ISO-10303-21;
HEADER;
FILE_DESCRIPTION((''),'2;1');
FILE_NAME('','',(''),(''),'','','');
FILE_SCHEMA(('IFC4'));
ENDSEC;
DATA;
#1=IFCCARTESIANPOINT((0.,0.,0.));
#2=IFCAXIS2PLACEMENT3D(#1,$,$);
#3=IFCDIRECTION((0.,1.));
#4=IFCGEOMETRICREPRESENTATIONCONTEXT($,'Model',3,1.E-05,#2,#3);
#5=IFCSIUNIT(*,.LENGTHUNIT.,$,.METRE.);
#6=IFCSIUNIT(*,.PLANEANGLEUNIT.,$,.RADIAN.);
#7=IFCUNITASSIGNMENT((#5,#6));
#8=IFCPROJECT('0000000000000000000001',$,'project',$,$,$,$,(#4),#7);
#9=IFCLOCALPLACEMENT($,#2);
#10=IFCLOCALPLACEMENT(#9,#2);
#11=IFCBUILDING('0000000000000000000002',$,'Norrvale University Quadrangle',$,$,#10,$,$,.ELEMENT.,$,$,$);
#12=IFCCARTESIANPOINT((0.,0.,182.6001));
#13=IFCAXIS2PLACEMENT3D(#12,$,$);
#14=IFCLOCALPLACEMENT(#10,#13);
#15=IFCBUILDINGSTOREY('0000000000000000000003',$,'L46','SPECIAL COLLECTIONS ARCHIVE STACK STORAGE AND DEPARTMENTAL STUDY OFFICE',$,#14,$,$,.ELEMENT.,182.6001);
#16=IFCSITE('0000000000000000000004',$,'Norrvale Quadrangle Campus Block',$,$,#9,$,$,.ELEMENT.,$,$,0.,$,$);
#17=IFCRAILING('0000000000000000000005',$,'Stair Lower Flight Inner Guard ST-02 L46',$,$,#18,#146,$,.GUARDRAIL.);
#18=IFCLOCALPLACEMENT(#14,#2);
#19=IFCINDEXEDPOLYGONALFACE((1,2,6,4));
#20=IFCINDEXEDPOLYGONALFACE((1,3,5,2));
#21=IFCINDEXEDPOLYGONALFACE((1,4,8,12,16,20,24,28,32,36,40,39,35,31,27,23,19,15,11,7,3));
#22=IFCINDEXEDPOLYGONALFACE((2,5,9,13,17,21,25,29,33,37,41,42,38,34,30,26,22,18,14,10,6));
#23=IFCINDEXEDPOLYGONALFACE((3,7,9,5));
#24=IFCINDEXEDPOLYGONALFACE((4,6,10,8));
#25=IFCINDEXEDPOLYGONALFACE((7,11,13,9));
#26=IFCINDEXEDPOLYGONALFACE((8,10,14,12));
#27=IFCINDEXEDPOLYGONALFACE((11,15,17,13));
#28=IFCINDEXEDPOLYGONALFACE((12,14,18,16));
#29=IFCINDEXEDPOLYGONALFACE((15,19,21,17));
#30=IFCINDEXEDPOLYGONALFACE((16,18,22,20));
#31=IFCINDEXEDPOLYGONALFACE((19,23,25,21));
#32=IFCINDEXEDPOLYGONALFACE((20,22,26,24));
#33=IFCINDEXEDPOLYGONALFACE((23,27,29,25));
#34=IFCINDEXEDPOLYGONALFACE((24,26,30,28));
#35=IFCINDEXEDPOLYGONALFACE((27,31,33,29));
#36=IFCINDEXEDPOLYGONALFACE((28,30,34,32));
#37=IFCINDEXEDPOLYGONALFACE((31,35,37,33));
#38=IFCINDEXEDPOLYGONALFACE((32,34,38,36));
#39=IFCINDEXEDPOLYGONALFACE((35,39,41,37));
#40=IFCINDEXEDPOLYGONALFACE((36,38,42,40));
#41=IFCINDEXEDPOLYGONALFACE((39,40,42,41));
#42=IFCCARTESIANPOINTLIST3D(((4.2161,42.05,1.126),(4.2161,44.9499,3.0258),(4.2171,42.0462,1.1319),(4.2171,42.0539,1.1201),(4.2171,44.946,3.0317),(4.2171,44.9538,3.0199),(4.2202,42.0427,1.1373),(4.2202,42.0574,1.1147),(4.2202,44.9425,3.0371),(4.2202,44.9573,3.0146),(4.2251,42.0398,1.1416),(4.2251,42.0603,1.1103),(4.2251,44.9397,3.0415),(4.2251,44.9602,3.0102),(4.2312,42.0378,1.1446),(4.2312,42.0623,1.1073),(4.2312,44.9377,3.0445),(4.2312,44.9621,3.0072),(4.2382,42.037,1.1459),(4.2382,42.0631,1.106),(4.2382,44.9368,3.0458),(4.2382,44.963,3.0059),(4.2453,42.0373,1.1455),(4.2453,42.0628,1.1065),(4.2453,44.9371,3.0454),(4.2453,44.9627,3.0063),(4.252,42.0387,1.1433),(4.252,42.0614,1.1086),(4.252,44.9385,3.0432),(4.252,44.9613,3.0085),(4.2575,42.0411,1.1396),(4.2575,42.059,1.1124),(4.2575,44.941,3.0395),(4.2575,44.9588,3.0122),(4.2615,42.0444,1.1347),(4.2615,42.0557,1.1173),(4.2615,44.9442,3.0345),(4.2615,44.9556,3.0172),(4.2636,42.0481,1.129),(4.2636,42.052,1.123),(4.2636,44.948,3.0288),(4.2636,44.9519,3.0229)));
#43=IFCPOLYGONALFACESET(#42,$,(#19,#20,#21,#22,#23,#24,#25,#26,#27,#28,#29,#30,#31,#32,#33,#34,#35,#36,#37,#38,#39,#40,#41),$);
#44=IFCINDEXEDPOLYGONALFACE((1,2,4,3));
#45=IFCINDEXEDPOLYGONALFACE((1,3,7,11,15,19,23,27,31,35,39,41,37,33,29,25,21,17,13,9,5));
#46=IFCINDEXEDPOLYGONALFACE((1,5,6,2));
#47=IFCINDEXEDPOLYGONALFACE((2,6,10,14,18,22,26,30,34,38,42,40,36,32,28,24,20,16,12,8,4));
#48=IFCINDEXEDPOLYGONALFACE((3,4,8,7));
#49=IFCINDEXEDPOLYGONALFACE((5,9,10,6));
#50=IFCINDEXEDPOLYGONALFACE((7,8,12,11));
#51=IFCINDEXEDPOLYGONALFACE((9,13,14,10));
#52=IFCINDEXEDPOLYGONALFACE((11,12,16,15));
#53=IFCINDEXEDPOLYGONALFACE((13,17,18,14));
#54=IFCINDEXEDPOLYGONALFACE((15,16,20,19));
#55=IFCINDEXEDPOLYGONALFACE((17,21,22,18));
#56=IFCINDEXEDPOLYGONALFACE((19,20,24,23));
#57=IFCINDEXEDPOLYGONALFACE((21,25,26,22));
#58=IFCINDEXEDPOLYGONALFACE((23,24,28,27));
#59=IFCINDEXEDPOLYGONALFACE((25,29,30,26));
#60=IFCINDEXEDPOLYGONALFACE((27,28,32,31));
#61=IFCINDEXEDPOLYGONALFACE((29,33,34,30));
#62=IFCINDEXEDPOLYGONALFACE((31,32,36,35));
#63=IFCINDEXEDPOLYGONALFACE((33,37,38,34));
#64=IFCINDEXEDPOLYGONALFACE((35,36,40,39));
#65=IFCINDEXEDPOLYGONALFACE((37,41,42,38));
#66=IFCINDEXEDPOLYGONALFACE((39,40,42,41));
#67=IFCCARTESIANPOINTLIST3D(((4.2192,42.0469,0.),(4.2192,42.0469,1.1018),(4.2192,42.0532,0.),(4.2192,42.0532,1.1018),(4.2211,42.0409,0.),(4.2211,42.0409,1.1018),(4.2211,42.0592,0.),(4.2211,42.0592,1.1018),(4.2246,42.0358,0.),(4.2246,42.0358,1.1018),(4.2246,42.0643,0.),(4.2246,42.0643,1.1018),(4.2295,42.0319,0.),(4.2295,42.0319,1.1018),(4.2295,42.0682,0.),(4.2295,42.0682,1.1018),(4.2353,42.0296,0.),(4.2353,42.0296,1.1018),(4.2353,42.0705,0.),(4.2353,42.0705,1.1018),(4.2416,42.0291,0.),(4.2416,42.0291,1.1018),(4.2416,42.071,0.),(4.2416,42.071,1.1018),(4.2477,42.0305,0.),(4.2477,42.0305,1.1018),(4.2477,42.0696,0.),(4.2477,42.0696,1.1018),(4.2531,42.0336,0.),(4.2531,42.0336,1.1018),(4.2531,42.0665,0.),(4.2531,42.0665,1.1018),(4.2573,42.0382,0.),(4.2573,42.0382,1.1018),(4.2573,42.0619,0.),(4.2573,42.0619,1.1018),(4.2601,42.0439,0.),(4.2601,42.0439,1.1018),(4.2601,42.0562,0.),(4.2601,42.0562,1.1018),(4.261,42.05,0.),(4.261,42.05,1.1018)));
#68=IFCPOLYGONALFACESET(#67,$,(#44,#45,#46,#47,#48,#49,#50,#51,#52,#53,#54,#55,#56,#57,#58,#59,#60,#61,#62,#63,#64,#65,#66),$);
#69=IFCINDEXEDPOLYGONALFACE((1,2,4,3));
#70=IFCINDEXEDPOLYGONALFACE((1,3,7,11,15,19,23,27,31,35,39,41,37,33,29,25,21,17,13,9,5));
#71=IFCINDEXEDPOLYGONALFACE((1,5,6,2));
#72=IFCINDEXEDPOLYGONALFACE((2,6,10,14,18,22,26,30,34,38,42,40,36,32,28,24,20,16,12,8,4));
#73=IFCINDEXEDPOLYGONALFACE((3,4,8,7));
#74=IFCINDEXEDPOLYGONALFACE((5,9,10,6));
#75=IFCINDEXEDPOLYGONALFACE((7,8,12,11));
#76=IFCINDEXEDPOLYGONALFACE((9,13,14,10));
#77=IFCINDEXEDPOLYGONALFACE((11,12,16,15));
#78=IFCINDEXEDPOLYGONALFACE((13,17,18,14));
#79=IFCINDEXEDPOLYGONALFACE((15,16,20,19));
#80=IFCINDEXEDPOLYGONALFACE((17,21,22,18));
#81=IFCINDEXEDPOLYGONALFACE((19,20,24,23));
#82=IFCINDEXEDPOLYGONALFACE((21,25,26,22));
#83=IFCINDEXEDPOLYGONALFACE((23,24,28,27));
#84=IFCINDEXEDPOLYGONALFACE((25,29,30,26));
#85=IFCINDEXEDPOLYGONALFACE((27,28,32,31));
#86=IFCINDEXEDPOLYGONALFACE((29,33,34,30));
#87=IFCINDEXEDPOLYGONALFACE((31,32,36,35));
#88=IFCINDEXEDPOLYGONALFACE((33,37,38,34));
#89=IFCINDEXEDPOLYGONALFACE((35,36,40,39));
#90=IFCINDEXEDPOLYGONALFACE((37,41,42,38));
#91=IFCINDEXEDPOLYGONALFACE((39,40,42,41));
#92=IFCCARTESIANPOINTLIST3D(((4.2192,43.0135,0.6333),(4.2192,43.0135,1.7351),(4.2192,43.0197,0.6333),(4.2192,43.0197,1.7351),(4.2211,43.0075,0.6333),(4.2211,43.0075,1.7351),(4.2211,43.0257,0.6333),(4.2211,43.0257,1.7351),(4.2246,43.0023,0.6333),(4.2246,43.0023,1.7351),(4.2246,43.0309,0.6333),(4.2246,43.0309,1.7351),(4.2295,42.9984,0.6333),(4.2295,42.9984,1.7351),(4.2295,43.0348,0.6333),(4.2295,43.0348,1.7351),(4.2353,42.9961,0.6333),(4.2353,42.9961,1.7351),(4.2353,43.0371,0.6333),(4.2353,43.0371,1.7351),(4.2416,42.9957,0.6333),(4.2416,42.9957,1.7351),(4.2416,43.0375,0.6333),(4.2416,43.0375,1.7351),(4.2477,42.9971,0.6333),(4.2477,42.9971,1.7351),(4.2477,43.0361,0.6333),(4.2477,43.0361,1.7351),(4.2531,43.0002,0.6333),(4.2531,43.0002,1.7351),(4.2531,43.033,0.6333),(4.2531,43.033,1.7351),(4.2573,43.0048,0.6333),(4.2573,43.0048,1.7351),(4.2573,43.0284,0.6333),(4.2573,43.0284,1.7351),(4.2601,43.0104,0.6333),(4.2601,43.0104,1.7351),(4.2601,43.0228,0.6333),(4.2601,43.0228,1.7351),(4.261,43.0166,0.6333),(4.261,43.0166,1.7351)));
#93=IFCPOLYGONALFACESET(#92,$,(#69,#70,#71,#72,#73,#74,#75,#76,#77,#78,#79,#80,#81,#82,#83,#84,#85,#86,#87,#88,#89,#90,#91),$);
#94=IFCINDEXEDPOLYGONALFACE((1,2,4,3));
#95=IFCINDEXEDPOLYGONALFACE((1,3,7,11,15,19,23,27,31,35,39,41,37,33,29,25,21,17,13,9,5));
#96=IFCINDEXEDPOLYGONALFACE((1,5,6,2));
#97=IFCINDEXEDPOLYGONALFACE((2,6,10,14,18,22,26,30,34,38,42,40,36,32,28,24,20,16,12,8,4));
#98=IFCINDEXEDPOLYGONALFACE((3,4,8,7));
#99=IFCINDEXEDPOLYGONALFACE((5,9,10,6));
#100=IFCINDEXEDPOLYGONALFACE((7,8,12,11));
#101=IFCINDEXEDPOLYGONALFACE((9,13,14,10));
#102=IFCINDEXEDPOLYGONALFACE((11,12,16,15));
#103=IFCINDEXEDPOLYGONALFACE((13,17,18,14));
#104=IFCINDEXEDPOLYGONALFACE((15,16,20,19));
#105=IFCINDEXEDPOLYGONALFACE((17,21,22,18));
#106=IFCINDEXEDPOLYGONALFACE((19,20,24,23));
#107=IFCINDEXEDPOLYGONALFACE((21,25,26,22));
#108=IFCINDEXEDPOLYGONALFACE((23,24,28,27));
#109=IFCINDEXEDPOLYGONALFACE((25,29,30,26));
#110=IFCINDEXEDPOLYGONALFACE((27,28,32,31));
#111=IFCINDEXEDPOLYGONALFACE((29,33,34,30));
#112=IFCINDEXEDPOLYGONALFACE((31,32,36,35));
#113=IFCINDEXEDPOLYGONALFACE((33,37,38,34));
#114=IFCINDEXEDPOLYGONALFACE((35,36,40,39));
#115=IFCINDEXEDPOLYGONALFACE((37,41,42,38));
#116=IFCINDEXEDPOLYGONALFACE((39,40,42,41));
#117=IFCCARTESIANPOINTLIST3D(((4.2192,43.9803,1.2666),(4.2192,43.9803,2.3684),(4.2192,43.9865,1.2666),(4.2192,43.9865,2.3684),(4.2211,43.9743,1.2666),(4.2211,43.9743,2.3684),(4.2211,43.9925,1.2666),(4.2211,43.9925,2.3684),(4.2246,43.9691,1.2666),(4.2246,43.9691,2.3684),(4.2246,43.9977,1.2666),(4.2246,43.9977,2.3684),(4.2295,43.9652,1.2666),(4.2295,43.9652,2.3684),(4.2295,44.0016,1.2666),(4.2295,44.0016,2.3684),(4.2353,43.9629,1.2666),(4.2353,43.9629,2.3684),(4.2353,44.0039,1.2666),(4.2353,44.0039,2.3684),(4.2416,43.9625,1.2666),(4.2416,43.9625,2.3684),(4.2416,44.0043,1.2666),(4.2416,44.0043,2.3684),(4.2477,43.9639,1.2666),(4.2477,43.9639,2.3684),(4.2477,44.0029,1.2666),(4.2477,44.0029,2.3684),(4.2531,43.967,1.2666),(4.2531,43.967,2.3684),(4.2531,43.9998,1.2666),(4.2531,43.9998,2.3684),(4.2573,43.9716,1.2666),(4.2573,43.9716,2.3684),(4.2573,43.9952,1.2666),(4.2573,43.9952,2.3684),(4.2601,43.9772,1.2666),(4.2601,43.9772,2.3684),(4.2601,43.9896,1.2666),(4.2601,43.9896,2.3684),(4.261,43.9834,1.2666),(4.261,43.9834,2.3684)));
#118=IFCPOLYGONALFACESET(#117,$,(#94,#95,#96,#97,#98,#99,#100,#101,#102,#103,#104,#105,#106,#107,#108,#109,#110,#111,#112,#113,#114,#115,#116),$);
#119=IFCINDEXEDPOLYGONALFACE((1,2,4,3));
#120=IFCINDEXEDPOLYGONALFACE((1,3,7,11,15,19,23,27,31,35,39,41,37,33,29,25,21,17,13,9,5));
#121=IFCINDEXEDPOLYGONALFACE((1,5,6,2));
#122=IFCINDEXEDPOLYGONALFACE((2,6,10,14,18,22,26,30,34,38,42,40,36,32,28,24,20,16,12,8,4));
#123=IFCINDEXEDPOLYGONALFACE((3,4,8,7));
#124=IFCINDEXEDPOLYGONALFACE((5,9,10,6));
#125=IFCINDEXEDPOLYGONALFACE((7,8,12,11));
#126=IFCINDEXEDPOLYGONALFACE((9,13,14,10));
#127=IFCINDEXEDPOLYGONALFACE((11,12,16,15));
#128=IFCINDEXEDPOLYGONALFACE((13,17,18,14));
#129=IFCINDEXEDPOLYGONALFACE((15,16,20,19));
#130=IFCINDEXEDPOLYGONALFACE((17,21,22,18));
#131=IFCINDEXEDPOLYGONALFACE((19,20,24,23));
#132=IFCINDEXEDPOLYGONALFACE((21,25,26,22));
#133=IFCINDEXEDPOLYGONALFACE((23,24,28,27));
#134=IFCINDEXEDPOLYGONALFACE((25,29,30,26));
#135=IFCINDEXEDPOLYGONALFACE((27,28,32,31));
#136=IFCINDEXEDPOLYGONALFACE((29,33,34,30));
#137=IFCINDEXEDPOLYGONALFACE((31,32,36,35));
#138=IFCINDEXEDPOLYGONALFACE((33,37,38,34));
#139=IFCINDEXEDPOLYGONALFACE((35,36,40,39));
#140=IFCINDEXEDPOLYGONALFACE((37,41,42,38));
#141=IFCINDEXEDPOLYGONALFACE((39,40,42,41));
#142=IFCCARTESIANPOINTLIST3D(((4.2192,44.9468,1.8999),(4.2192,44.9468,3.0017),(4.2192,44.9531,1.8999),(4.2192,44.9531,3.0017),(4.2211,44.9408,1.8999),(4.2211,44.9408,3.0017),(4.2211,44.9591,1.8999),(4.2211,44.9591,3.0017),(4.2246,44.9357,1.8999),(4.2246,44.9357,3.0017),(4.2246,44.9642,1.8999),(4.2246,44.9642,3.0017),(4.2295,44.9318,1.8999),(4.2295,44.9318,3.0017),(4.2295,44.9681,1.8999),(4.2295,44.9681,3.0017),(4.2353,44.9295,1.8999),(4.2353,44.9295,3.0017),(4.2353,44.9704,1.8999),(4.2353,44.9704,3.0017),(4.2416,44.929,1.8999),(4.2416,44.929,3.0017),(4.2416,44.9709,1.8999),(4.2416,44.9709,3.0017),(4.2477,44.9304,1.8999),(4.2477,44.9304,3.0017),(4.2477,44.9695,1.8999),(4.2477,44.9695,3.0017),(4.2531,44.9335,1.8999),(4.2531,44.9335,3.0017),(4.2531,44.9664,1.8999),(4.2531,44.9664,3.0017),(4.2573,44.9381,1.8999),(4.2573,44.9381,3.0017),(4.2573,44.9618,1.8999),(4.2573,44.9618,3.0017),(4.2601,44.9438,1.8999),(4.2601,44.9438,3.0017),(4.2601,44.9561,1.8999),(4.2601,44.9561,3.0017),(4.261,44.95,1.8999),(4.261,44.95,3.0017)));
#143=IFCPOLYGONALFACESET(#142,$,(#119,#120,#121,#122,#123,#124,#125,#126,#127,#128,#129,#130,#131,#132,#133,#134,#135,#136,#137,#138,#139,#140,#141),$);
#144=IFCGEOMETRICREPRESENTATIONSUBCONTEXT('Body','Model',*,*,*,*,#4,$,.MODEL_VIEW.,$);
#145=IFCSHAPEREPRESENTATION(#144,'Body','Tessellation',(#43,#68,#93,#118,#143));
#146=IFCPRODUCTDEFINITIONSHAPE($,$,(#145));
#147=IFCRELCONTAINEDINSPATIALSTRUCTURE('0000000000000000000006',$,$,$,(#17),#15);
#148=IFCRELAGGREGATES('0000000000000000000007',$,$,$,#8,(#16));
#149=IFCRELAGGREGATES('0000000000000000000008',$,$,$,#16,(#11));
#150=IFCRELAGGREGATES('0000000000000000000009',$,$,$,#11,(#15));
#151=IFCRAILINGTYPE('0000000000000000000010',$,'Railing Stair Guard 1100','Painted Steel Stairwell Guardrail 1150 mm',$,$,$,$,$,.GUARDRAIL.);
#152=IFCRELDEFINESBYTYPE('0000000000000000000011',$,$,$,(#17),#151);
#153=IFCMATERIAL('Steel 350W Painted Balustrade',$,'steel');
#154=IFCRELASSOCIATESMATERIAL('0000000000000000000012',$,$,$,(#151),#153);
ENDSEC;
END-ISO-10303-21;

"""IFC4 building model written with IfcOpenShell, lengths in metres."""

from ifc_helpers import new_model, si_unit, direction, frame, origin, origin_2d, place, context, subcontext, project, spatial, circle, extrude, material, type_object, element, save


model = new_model("IFC4")

# Units and contexts
model_context = context("Model", 3, precision=1e-05, world=origin(), true_north=direction((0.0, 1.0)))
body_context = subcontext(model_context, "Body", "Model", "MODEL_VIEW")
ifc_project = project(units=[si_unit("LENGTHUNIT", "METRE"), si_unit("PLANEANGLEUNIT", "RADIAN")], contexts=[model_context])

# Site, building, storey
site_placement = place(None, origin())
site = spatial("IfcSite", under=ifc_project, at=site_placement, Name="Norrvale Quadrangle Campus Block", CompositionType="ELEMENT", RefElevation=0.0)
building_placement = place(site_placement, origin())
building = spatial("IfcBuilding", under=site, at=building_placement, Name="Norrvale University Quadrangle", CompositionType="ELEMENT")
storey_placement = place(building_placement, frame((0.0, 0.0, 182.6001)))
storey = spatial("IfcBuildingStorey", under=building, at=storey_placement, Name="L46", Description="SPECIAL COLLECTIONS ARCHIVE STACK STORAGE AND DEPARTMENTAL STUDY OFFICE", CompositionType="ELEMENT", Elevation=182.6001)

# Railing
ifc_material_1 = material(Name="Steel 350W Painted Balustrade", Category="steel")
railing_type_1 = type_object("IfcRailingType", Name="Railing Stair Guard 1100", Description="Painted Steel Stairwell Guardrail 1150 mm", PredefinedType="GUARDRAIL", material=ifc_material_1)
railing_1_placement = place(storey_placement, frame((4.24, 42.05, 0.0)))
element("IfcRailing", 1, at=railing_1_placement, inside=storey, type_object=railing_type_1, Name="Stair Lower Flight Inner Guard ST-02 L46", PredefinedType="GUARDRAIL", context=body_context, shape_type="SweptSolid", body=[
    extrude(circle(Radius=0.0239, at=origin_2d()), frame((0.0, 0.0, 1.126), z_axis=(0.0, 0.836466, 0.548019), x_axis=(-1.0, 0.0, 0.0)), (0.0, 0.0, 1.0), 3.4668),
    extrude(circle(Radius=0.021, at=origin_2d()), origin(), (0.0, 0.0, 1.0), 1.1018),
    extrude(circle(Radius=0.021, at=origin_2d()), frame((0.0, 0.9666, 0.6333)), (0.0, 0.0, 1.0), 1.1018),
    extrude(circle(Radius=0.021, at=origin_2d()), frame((0.0, 1.9333, 1.2666)), (0.0, 0.0, 1.0), 1.1018),
    extrude(circle(Radius=0.021, at=origin_2d()), frame((0.0, 2.8999, 1.8999)), (0.0, 0.0, 1.0), 1.1018),
])

save(model, "model.ifc")
